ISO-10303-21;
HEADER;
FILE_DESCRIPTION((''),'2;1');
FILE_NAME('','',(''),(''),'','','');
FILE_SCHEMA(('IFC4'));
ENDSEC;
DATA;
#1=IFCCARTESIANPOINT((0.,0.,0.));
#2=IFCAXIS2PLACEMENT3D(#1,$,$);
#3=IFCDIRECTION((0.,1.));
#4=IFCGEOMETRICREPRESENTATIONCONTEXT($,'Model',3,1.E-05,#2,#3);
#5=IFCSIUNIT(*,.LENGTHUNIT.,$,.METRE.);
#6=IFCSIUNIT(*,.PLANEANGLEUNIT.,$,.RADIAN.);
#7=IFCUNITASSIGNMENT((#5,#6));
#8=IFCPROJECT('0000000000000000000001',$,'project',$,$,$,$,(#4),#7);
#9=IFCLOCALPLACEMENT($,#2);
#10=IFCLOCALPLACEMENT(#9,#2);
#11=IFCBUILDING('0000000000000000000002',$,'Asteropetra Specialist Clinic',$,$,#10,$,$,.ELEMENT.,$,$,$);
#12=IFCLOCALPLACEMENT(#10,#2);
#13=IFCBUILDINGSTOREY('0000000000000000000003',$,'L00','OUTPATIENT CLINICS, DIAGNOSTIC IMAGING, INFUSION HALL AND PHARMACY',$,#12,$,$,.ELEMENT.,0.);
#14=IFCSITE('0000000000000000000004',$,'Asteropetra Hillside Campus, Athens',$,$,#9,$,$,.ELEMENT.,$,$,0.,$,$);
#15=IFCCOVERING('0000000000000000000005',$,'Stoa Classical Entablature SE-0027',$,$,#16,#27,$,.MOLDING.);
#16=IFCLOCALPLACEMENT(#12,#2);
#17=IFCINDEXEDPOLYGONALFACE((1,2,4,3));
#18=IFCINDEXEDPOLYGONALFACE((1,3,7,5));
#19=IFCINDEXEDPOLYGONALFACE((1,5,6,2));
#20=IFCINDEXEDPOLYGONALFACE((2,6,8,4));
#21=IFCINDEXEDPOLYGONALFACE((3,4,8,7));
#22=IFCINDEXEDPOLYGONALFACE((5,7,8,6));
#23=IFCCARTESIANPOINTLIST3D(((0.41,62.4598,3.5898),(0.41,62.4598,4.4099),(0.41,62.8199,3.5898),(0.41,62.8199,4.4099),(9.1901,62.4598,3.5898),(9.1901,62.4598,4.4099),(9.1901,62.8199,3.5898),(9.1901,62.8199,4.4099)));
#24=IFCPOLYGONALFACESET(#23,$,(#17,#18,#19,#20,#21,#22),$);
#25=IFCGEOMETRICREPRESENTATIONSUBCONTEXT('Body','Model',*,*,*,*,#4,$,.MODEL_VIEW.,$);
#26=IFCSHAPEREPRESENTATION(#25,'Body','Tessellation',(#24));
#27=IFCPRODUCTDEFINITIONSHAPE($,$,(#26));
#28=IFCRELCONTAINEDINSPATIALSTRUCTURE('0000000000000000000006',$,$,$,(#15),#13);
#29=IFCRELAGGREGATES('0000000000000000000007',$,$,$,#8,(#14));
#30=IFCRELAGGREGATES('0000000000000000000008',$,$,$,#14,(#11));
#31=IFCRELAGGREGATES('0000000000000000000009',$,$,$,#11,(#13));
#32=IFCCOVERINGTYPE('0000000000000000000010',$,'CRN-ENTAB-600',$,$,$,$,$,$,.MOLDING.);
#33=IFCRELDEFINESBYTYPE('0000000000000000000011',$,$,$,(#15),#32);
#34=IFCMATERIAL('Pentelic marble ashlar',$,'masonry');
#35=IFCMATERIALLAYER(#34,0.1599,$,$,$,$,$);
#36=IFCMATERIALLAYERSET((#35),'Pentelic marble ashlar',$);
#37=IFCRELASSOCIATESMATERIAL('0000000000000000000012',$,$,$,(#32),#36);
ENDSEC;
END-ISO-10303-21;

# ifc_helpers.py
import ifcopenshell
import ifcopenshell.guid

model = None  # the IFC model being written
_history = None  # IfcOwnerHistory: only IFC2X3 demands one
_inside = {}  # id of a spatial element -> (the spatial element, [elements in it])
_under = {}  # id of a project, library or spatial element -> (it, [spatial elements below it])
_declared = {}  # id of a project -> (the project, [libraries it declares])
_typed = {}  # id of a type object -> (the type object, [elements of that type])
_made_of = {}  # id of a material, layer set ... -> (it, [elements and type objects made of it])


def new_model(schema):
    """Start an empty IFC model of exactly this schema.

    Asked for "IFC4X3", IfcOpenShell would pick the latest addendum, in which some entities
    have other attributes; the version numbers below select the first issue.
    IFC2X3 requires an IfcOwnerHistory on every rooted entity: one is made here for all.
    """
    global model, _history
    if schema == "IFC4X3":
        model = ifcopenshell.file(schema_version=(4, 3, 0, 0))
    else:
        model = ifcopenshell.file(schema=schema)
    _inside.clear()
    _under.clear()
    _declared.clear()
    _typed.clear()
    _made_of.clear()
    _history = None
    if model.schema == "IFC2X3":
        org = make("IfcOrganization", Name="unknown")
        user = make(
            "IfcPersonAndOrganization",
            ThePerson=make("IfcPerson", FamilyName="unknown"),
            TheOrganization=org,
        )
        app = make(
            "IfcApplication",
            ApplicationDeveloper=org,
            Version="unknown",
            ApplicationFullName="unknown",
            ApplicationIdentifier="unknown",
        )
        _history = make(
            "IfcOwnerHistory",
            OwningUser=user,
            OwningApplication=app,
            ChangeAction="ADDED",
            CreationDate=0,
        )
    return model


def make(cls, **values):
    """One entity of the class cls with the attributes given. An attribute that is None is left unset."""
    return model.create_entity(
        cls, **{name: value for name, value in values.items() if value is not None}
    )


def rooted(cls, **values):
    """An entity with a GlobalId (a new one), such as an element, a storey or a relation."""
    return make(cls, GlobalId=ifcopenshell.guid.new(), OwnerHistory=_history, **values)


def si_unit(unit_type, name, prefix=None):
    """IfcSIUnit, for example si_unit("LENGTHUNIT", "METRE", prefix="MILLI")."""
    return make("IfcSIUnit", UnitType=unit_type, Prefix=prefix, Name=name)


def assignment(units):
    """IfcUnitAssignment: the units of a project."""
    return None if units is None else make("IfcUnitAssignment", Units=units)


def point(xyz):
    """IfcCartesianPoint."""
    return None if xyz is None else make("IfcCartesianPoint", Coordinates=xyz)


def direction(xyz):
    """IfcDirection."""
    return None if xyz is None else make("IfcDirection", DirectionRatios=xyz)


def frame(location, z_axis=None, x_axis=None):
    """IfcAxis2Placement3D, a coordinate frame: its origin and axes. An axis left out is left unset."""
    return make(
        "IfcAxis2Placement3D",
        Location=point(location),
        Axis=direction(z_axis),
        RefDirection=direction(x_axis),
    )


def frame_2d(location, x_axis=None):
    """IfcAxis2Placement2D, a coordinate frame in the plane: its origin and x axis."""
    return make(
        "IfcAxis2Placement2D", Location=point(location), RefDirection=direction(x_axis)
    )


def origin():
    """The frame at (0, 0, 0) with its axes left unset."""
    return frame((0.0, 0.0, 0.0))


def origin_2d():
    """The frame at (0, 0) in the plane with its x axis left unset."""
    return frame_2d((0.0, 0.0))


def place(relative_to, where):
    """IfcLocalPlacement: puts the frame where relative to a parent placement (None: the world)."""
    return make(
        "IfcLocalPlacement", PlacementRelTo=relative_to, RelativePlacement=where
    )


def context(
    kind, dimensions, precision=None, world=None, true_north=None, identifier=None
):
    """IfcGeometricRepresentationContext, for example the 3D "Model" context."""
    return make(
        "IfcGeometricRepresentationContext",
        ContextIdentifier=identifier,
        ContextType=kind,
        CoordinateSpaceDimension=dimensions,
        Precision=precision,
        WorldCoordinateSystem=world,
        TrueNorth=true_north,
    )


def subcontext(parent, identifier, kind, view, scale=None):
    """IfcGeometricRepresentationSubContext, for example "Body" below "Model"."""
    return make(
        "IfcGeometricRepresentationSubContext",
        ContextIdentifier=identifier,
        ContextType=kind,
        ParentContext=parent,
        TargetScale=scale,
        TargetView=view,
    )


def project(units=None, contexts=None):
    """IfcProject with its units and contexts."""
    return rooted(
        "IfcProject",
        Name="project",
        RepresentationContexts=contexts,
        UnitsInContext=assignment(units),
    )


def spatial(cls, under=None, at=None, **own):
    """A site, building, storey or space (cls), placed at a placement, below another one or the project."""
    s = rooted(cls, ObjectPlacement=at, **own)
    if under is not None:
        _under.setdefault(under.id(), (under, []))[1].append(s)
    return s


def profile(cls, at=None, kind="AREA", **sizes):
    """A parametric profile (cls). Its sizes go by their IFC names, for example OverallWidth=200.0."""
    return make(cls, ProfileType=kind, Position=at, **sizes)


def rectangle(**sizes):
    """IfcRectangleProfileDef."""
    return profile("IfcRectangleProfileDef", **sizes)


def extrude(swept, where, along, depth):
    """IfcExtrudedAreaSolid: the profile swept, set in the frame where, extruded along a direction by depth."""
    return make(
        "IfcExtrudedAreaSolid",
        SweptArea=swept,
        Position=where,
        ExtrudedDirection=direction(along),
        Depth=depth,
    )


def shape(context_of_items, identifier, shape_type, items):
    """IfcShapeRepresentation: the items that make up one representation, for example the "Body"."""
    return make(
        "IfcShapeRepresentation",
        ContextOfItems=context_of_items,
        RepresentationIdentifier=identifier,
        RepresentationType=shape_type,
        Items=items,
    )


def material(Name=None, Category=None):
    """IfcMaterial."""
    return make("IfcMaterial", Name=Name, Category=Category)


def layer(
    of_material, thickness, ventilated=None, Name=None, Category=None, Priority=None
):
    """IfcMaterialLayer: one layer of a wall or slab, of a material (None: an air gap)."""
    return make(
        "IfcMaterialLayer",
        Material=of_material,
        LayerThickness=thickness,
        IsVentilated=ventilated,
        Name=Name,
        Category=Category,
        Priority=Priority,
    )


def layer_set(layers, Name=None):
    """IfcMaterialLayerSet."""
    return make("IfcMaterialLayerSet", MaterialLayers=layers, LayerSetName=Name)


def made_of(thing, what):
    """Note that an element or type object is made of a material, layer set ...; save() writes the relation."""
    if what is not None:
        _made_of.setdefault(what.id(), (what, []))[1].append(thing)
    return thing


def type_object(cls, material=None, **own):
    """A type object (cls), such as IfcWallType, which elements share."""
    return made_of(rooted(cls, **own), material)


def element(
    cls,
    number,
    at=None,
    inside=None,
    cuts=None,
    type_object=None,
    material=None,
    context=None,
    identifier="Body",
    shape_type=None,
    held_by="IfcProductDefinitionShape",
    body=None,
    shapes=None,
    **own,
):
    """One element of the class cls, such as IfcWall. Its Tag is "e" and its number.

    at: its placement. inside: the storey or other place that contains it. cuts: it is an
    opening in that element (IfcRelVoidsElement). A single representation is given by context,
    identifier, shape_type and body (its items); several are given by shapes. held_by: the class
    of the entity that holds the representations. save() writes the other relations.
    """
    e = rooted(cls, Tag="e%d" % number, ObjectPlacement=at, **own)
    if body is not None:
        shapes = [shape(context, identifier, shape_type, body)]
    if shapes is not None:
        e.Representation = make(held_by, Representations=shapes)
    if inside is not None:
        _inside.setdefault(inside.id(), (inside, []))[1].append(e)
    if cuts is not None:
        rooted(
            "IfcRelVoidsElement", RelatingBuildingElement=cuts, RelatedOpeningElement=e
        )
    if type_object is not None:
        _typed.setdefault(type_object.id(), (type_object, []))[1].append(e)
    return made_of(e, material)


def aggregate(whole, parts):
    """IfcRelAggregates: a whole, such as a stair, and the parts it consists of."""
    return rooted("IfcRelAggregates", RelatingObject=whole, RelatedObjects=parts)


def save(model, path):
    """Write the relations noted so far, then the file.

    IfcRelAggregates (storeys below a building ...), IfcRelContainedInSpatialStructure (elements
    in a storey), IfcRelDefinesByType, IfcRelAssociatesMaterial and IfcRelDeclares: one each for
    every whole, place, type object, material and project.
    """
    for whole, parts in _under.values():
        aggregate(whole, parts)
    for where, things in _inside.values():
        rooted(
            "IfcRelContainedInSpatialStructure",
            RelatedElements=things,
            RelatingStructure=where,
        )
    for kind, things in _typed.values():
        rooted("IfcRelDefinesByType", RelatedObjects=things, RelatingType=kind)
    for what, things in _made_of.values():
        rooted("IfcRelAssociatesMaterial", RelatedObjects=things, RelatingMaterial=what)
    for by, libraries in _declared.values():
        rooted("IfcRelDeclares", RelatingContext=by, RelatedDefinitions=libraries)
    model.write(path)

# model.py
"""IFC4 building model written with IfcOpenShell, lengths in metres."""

from ifc_helpers import new_model, si_unit, direction, frame, origin, origin_2d, place, context, subcontext, project, spatial, rectangle, extrude, material, layer, layer_set, type_object, element, save


model = new_model("IFC4")

# Units and contexts
model_context = context("Model", 3, precision=1e-05, world=origin(), true_north=direction((0.0, 1.0)))
body_context = subcontext(model_context, "Body", "Model", "MODEL_VIEW")
ifc_project = project(units=[si_unit("LENGTHUNIT", "METRE"), si_unit("PLANEANGLEUNIT", "RADIAN")], contexts=[model_context])

# Site, building, storey
site_placement = place(None, origin())
site = spatial("IfcSite", under=ifc_project, at=site_placement, Name="Asteropetra Hillside Campus, Athens", CompositionType="ELEMENT", RefElevation=0.0)
building_placement = place(site_placement, origin())
building = spatial("IfcBuilding", under=site, at=building_placement, Name="Asteropetra Specialist Clinic", CompositionType="ELEMENT")
storey_placement = place(building_placement, origin())
storey = spatial("IfcBuildingStorey", under=building, at=storey_placement, Name="L00", Description="OUTPATIENT CLINICS, DIAGNOSTIC IMAGING, INFUSION HALL AND PHARMACY", CompositionType="ELEMENT", Elevation=0.0)

# Covering
ifc_material_1 = material(Name="Pentelic marble ashlar", Category="masonry")
ifc_layer_1 = layer(ifc_material_1, 0.1599)
ifc_layer_set_1 = layer_set([ifc_layer_1], Name="Pentelic marble ashlar")
covering_type = type_object("IfcCoveringType", Name="CRN-ENTAB-600", PredefinedType="MOLDING", material=ifc_layer_set_1)
covering_placement = place(storey_placement, frame((4.8, 62.6399, 3.5898), z_axis=(0.0, 0.0, 1.0), x_axis=(1.0, 0.0, 0.0)))
element("IfcCovering", 1, at=covering_placement, inside=storey, type_object=covering_type, Name="Stoa Classical Entablature SE-0027", PredefinedType="MOLDING", context=body_context, shape_type="SweptSolid", body=[
    extrude(rectangle(XDim=8.78, YDim=0.3601, at=origin_2d()), origin(), (0.0, 0.0, 1.0), 0.8201),
])

save(model, "model.ifc")
